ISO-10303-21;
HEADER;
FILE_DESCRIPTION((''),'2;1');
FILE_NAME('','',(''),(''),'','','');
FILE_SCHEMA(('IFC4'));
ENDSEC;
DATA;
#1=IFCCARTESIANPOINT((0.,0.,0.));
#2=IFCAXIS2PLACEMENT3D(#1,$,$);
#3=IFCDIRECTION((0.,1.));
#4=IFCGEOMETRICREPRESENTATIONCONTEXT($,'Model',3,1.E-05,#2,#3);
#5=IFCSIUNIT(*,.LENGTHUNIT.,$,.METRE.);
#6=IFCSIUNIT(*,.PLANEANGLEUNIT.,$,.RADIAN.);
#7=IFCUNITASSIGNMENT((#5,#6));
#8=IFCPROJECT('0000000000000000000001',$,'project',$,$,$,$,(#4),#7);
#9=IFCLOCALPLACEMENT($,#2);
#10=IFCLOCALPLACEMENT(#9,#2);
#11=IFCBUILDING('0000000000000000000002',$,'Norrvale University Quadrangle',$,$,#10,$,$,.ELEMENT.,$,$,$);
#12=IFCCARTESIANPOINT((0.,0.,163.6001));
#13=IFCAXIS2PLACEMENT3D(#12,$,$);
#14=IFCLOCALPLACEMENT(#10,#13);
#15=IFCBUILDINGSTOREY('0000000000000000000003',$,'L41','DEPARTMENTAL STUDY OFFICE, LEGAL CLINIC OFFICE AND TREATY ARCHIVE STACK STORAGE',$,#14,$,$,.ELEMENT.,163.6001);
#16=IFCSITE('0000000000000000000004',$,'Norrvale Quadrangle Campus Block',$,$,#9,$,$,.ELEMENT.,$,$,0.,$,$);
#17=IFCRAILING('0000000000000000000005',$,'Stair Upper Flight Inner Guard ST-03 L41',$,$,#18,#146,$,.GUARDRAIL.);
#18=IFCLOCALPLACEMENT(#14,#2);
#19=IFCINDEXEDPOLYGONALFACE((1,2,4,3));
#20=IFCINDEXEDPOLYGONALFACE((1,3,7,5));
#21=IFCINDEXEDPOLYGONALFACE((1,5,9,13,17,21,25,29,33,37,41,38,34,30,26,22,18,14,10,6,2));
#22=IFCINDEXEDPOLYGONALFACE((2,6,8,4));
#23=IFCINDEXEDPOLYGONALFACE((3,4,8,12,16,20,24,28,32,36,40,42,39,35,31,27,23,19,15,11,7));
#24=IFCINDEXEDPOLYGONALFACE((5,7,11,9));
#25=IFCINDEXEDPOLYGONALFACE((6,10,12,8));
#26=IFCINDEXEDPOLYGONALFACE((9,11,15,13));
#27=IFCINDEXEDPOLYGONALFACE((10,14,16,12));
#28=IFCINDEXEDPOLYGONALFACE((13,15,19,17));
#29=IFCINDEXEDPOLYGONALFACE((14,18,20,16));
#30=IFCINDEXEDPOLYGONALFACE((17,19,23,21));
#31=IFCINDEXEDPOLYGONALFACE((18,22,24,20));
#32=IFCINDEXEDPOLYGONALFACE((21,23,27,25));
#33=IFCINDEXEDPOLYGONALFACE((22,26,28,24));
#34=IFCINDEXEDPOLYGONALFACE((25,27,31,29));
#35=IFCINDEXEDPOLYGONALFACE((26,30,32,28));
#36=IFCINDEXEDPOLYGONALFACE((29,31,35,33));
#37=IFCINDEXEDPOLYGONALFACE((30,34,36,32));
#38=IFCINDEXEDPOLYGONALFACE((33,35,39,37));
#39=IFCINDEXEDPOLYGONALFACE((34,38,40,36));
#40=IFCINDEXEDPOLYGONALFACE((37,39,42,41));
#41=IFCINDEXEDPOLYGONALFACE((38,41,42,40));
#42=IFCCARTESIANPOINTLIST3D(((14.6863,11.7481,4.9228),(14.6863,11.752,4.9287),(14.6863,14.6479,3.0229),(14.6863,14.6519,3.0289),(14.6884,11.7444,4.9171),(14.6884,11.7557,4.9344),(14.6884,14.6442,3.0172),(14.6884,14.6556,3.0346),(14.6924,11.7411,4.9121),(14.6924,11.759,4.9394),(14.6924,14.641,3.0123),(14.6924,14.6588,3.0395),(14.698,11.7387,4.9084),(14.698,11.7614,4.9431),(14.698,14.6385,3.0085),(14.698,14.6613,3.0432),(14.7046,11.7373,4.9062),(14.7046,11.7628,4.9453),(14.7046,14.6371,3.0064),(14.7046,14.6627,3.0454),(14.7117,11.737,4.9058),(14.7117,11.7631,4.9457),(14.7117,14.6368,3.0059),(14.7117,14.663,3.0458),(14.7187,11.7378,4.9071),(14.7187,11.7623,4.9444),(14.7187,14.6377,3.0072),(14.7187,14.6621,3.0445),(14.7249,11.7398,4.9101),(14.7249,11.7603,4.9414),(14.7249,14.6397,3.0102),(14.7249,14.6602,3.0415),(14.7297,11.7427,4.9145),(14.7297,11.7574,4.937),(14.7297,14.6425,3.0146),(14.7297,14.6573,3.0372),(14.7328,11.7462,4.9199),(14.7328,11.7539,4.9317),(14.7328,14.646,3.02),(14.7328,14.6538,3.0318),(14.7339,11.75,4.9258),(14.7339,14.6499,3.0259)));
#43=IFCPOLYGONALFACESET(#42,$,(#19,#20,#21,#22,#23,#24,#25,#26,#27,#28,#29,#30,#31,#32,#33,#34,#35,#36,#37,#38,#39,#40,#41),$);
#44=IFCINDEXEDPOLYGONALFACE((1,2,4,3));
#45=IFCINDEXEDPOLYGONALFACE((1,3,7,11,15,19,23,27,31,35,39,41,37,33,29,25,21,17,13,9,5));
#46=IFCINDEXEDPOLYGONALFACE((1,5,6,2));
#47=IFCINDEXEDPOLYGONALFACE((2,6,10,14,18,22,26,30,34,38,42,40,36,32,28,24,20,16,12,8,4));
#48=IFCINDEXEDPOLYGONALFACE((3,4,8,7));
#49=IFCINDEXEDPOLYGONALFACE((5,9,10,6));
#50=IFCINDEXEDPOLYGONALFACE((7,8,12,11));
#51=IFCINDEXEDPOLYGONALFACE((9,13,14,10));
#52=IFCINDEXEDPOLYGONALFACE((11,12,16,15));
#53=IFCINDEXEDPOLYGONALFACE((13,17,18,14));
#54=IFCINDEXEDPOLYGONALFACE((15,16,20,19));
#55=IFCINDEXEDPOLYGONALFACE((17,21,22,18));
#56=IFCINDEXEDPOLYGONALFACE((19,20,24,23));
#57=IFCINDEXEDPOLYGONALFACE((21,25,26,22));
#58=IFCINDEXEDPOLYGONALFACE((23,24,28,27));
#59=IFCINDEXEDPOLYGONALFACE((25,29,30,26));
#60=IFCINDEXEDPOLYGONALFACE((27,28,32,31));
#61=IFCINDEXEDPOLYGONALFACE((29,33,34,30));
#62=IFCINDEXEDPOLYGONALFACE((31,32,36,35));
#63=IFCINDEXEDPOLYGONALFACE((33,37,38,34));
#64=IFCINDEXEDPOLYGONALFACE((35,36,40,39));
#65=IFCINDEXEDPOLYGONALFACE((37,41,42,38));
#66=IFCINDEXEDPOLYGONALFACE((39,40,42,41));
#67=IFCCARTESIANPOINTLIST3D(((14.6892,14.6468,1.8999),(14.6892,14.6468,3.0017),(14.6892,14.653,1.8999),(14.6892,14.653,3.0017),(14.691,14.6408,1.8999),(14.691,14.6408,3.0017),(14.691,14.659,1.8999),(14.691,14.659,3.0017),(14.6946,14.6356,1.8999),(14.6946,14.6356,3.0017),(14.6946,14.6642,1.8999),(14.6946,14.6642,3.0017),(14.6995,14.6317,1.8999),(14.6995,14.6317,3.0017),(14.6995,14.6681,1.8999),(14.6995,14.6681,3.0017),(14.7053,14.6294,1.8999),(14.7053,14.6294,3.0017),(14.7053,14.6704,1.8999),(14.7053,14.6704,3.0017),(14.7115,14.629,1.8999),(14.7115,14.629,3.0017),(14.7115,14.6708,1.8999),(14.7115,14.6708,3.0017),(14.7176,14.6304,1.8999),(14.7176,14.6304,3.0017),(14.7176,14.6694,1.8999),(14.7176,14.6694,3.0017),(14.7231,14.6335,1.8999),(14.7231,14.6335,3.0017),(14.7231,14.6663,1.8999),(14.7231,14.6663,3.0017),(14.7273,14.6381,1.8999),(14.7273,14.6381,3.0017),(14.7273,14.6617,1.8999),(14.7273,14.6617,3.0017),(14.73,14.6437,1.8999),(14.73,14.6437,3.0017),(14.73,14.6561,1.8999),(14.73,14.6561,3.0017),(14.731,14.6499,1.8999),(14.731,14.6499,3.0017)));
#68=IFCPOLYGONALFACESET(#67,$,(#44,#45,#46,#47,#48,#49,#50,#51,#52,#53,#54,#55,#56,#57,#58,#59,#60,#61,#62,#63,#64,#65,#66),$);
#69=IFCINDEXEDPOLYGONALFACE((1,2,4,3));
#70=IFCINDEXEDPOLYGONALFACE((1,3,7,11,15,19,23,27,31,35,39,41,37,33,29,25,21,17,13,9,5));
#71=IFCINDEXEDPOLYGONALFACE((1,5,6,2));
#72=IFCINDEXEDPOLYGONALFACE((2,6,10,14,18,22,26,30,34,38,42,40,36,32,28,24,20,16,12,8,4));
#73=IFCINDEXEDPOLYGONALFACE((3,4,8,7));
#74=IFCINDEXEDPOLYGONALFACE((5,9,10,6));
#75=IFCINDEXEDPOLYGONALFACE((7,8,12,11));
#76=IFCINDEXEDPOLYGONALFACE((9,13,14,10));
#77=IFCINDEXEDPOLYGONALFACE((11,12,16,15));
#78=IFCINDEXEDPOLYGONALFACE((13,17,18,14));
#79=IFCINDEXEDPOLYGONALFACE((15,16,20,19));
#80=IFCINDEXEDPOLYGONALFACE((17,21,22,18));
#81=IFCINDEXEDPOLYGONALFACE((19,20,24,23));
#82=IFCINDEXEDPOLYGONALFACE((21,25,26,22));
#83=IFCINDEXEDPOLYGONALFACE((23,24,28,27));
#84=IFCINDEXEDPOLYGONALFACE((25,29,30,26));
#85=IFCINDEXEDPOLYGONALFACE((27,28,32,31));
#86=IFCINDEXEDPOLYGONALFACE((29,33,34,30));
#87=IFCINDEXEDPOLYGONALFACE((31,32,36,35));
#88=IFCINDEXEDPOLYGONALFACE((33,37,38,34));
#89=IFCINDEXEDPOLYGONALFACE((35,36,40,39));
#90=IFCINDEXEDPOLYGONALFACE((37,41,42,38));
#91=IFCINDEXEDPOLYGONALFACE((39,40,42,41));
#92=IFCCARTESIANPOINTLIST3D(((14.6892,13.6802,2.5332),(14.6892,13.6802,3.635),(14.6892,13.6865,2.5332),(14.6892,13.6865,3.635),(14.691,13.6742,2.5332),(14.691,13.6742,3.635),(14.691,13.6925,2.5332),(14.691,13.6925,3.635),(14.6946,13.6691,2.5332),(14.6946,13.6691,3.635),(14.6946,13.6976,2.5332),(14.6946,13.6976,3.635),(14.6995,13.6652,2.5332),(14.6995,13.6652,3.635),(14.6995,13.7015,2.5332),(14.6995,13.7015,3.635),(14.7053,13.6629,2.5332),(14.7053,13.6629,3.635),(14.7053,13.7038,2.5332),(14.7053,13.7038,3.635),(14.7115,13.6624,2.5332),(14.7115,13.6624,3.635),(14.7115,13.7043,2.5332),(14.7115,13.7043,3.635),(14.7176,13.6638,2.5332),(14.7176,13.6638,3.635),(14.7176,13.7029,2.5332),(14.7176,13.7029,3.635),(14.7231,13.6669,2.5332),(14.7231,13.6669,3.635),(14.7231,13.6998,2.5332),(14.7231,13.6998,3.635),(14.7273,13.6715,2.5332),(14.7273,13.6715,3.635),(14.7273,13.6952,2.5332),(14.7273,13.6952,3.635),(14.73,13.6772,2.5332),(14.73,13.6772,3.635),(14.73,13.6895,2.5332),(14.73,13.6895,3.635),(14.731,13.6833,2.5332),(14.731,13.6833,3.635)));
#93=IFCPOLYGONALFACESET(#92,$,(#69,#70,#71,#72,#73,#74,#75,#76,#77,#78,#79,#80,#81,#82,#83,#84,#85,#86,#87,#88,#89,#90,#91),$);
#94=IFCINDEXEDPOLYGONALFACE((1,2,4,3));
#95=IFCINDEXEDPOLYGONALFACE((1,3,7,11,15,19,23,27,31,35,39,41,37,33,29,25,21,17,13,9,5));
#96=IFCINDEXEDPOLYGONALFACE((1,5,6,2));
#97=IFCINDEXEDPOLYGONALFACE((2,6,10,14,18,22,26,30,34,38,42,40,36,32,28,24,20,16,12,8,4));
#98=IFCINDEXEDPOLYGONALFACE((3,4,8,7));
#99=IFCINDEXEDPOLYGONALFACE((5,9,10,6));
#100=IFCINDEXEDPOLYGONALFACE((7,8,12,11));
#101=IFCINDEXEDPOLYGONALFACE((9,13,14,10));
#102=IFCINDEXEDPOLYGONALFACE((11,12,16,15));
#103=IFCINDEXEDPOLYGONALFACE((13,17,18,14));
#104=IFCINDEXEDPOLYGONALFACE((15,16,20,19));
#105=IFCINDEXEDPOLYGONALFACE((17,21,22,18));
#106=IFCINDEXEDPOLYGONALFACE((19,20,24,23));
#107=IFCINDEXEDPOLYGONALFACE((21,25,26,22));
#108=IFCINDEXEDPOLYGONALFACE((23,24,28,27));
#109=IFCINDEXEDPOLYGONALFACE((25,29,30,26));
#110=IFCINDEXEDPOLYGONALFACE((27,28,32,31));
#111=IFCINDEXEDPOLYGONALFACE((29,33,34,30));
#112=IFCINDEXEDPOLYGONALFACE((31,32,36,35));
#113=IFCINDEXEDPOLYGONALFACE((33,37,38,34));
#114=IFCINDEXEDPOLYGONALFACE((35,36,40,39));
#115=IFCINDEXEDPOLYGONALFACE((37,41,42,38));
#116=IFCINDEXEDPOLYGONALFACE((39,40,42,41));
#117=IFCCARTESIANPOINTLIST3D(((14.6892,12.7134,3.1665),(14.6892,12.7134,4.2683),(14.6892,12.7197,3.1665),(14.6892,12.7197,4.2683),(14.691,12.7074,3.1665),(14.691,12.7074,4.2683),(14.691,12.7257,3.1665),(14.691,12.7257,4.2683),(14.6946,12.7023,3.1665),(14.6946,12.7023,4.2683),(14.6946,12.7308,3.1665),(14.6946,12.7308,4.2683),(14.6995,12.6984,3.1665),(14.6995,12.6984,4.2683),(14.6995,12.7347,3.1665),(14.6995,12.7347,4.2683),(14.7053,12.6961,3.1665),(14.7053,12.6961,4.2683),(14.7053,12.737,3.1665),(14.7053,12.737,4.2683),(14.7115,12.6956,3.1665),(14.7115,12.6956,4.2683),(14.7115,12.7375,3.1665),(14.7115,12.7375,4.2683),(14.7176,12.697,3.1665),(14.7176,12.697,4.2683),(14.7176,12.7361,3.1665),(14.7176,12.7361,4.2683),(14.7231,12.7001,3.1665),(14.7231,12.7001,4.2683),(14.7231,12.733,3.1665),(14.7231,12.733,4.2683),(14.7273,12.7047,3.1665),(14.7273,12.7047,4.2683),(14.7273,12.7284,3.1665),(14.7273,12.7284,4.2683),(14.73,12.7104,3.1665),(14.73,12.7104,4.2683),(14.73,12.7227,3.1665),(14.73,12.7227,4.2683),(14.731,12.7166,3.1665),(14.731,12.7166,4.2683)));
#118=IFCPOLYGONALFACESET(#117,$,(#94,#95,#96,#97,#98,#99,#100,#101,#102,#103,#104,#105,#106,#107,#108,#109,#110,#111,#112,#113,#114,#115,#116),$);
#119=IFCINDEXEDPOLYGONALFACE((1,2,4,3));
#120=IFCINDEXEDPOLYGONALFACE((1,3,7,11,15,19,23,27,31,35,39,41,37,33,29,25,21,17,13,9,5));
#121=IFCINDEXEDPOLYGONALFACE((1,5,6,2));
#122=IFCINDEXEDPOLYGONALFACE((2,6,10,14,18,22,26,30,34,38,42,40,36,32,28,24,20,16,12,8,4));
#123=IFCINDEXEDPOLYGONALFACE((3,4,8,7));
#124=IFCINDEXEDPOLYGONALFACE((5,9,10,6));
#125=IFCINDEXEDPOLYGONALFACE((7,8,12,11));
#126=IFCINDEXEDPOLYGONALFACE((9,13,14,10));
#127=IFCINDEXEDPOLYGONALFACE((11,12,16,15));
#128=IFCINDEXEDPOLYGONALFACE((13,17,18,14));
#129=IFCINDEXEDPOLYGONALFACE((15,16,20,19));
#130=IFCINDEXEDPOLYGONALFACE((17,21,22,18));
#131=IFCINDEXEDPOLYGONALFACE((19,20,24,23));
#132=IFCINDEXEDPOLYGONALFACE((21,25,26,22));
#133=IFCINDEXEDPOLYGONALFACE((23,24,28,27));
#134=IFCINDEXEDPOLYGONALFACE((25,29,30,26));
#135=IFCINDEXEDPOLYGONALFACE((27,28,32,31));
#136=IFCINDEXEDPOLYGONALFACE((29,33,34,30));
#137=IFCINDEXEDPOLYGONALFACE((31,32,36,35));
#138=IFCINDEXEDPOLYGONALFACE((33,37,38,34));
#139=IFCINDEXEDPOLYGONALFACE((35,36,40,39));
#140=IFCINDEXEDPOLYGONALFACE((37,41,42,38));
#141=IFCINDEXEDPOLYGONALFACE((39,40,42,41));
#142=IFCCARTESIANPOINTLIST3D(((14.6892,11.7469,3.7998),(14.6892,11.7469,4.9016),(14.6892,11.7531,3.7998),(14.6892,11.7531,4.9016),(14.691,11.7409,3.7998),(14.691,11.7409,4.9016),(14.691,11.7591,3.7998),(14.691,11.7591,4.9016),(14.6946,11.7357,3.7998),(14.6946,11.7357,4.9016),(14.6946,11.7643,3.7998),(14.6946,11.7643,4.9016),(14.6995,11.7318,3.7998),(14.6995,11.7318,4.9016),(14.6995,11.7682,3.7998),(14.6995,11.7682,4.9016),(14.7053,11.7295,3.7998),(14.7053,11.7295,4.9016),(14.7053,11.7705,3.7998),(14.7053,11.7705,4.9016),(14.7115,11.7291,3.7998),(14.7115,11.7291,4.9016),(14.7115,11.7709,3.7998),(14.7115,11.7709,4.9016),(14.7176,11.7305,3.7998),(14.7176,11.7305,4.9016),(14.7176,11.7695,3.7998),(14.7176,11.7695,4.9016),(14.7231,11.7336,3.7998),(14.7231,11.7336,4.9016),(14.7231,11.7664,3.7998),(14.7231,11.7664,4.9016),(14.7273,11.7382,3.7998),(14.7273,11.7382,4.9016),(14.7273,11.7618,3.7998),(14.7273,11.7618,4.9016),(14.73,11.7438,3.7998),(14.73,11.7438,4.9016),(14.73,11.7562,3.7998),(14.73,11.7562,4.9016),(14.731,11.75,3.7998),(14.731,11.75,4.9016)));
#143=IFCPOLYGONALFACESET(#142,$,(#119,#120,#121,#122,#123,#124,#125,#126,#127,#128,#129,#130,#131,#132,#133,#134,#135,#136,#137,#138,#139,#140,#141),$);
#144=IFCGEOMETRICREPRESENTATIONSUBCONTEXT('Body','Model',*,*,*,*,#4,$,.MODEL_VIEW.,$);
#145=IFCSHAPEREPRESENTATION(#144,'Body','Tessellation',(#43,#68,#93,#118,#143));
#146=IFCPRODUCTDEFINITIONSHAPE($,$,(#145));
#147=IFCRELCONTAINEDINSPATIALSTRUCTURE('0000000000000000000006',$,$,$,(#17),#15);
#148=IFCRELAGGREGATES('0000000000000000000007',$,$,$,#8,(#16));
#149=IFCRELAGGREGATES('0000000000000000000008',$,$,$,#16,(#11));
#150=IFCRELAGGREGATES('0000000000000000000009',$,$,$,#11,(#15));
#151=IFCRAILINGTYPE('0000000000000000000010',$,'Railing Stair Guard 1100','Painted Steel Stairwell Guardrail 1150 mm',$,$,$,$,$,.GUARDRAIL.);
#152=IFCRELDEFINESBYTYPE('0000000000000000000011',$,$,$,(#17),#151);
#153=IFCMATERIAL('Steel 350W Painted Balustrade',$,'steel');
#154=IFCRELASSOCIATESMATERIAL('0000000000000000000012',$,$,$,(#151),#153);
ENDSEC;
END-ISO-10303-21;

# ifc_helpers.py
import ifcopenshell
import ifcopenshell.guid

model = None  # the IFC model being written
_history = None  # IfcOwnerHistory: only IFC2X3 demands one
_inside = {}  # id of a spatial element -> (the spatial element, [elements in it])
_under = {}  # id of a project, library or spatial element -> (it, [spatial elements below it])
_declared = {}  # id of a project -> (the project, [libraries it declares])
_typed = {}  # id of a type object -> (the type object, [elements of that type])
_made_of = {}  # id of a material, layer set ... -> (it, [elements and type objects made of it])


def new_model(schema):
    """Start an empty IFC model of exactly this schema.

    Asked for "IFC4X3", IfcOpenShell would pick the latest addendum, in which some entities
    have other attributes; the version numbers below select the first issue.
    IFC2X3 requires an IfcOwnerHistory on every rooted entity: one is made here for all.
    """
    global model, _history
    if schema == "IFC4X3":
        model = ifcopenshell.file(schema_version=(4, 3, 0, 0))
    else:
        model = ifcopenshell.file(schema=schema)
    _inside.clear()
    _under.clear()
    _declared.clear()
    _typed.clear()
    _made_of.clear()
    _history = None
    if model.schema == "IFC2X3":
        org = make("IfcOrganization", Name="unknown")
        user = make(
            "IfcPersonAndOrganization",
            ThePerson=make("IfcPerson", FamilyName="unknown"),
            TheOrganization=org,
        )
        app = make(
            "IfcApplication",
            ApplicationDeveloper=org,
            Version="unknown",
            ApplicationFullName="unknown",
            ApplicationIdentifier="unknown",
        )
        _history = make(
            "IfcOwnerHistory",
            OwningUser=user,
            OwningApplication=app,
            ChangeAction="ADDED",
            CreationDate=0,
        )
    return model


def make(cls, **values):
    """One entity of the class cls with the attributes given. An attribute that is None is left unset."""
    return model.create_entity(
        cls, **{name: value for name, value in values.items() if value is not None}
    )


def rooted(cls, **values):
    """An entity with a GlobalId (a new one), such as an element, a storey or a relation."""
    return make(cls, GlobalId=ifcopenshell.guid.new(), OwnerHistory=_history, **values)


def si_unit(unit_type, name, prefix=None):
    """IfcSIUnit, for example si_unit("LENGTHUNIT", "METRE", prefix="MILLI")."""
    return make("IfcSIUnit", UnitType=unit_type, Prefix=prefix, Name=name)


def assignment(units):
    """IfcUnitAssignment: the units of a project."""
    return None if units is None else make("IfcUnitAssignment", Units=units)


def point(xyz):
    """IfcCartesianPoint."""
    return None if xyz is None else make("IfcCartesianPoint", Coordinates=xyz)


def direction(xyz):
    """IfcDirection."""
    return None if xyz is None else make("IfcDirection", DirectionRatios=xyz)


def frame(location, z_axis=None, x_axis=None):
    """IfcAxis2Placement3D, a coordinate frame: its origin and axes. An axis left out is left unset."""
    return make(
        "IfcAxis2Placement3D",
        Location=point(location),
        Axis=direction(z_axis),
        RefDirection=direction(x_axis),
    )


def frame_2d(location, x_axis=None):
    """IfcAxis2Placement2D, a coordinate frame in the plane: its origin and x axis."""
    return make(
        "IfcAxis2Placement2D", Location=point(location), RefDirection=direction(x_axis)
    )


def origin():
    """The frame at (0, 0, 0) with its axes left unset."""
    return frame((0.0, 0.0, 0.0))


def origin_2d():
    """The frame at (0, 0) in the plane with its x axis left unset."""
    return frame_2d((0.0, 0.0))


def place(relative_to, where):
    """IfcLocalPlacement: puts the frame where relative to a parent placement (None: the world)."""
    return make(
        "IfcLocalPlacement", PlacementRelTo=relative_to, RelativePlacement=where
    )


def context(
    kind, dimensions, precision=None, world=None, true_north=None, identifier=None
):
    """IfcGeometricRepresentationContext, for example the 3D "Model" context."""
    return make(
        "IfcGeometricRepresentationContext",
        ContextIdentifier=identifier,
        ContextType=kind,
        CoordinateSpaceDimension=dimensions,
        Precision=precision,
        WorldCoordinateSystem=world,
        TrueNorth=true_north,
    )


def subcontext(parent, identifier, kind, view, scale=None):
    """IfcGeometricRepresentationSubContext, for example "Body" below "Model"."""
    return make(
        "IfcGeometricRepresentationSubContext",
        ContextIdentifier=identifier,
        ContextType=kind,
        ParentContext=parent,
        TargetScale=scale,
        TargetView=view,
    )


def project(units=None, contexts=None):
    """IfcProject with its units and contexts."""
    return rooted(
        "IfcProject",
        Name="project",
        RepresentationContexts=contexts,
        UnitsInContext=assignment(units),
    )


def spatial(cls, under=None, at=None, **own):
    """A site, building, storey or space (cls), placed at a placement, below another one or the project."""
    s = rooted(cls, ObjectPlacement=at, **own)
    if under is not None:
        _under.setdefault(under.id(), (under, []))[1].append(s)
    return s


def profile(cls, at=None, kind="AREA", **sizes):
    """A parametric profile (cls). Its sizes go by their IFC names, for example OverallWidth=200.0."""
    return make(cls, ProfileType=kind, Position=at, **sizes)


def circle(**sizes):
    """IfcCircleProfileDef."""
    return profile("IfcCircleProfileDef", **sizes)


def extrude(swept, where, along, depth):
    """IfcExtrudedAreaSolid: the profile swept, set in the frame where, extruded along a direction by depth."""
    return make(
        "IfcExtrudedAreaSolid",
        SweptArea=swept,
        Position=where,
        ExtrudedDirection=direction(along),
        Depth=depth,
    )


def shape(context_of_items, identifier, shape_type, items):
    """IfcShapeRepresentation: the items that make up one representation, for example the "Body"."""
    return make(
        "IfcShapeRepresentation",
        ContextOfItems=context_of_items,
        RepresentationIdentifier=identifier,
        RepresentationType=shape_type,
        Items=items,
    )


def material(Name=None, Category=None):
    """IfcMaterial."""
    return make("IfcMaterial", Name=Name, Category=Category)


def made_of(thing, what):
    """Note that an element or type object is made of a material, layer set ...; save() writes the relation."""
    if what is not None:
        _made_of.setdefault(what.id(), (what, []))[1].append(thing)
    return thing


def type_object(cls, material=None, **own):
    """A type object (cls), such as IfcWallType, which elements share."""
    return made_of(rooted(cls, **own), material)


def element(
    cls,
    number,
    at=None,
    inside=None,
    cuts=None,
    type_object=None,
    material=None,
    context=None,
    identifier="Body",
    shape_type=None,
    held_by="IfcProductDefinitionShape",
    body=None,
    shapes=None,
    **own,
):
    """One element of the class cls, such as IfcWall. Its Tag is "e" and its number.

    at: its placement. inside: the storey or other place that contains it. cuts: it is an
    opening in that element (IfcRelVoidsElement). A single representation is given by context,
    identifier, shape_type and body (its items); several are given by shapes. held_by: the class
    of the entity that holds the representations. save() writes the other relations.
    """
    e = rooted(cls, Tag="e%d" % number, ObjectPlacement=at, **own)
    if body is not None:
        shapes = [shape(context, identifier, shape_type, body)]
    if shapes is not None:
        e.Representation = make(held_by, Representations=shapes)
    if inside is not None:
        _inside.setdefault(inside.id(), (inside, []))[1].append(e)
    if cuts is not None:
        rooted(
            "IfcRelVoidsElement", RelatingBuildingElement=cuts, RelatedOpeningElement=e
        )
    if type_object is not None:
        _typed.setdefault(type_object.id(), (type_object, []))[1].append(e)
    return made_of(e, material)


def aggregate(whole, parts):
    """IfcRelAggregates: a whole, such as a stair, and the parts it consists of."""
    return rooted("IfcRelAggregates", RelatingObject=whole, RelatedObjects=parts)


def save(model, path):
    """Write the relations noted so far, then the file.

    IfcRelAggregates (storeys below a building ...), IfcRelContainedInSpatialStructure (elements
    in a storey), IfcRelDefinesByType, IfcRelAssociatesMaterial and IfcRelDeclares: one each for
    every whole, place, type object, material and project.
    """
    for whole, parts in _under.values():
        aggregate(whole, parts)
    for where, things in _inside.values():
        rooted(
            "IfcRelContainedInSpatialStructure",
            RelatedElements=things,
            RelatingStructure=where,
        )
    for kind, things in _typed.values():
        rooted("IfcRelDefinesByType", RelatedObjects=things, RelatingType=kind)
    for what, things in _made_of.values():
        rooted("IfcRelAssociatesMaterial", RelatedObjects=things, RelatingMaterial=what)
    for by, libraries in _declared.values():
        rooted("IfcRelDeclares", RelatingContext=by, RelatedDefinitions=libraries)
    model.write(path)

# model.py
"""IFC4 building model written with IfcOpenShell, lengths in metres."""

from ifc_helpers import new_model, si_unit, direction, frame, origin, origin_2d, place, context, subcontext, project, spatial, circle, extrude, material, type_object, element, save


model = new_model("IFC4")

# Units and contexts
model_context = context("Model", 3, precision=1e-05, world=origin(), true_north=direction((0.0, 1.0)))
body_context = subcontext(model_context, "Body", "Model", "MODEL_VIEW")
ifc_project = project(units=[si_unit("LENGTHUNIT", "METRE"), si_unit("PLANEANGLEUNIT", "RADIAN")], contexts=[model_context])

# Site, building, storey
site_placement = place(None, origin())
site = spatial("IfcSite", under=ifc_project, at=site_placement, Name="Norrvale Quadrangle Campus Block", CompositionType="ELEMENT", RefElevation=0.0)
building_placement = place(site_placement, origin())
building = spatial("IfcBuilding", under=site, at=building_placement, Name="Norrvale University Quadrangle", CompositionType="ELEMENT")
storey_placement = place(building_placement, frame((0.0, 0.0, 163.6001)))
storey = spatial("IfcBuildingStorey", under=building, at=storey_placement, Name="L41", Description="DEPARTMENTAL STUDY OFFICE, LEGAL CLINIC OFFICE AND TREATY ARCHIVE STACK STORAGE", CompositionType="ELEMENT", Elevation=163.6001)

# Railing
ifc_material_1 = material(Name="Steel 350W Painted Balustrade", Category="steel")
railing_type_1 = type_object("IfcRailingType", Name="Railing Stair Guard 1100", Description="Painted Steel Stairwell Guardrail 1150 mm", PredefinedType="GUARDRAIL", material=ifc_material_1)
railing_1_placement = place(storey_placement, frame((14.71, 14.6499, 1.8999)))
element("IfcRailing", 1, at=railing_1_placement, inside=storey, type_object=railing_type_1, Name="Stair Upper Flight Inner Guard ST-03 L41", PredefinedType="GUARDRAIL", context=body_context, shape_type="SweptSolid", body=[
    extrude(circle(Radius=0.0239, at=origin_2d()), frame((0.0, 0.0, 1.126), z_axis=(0.0, -0.836466, 0.548019), x_axis=(1.0, 0.0, 0.0)), (0.0, 0.0, 1.0), 3.4668),
    extrude(circle(Radius=0.021, at=origin_2d()), origin(), (0.0, 0.0, 1.0), 1.1018),
    extrude(circle(Radius=0.021, at=origin_2d()), frame((0.0, -0.9666, 0.6333)), (0.0, 0.0, 1.0), 1.1018),
    extrude(circle(Radius=0.021, at=origin_2d()), frame((0.0, -1.9333, 1.2666)), (0.0, 0.0, 1.0), 1.1018),
    extrude(circle(Radius=0.021, at=origin_2d()), frame((0.0, -2.8999, 1.8999)), (0.0, 0.0, 1.0), 1.1018),
])

save(model, "model.ifc")
